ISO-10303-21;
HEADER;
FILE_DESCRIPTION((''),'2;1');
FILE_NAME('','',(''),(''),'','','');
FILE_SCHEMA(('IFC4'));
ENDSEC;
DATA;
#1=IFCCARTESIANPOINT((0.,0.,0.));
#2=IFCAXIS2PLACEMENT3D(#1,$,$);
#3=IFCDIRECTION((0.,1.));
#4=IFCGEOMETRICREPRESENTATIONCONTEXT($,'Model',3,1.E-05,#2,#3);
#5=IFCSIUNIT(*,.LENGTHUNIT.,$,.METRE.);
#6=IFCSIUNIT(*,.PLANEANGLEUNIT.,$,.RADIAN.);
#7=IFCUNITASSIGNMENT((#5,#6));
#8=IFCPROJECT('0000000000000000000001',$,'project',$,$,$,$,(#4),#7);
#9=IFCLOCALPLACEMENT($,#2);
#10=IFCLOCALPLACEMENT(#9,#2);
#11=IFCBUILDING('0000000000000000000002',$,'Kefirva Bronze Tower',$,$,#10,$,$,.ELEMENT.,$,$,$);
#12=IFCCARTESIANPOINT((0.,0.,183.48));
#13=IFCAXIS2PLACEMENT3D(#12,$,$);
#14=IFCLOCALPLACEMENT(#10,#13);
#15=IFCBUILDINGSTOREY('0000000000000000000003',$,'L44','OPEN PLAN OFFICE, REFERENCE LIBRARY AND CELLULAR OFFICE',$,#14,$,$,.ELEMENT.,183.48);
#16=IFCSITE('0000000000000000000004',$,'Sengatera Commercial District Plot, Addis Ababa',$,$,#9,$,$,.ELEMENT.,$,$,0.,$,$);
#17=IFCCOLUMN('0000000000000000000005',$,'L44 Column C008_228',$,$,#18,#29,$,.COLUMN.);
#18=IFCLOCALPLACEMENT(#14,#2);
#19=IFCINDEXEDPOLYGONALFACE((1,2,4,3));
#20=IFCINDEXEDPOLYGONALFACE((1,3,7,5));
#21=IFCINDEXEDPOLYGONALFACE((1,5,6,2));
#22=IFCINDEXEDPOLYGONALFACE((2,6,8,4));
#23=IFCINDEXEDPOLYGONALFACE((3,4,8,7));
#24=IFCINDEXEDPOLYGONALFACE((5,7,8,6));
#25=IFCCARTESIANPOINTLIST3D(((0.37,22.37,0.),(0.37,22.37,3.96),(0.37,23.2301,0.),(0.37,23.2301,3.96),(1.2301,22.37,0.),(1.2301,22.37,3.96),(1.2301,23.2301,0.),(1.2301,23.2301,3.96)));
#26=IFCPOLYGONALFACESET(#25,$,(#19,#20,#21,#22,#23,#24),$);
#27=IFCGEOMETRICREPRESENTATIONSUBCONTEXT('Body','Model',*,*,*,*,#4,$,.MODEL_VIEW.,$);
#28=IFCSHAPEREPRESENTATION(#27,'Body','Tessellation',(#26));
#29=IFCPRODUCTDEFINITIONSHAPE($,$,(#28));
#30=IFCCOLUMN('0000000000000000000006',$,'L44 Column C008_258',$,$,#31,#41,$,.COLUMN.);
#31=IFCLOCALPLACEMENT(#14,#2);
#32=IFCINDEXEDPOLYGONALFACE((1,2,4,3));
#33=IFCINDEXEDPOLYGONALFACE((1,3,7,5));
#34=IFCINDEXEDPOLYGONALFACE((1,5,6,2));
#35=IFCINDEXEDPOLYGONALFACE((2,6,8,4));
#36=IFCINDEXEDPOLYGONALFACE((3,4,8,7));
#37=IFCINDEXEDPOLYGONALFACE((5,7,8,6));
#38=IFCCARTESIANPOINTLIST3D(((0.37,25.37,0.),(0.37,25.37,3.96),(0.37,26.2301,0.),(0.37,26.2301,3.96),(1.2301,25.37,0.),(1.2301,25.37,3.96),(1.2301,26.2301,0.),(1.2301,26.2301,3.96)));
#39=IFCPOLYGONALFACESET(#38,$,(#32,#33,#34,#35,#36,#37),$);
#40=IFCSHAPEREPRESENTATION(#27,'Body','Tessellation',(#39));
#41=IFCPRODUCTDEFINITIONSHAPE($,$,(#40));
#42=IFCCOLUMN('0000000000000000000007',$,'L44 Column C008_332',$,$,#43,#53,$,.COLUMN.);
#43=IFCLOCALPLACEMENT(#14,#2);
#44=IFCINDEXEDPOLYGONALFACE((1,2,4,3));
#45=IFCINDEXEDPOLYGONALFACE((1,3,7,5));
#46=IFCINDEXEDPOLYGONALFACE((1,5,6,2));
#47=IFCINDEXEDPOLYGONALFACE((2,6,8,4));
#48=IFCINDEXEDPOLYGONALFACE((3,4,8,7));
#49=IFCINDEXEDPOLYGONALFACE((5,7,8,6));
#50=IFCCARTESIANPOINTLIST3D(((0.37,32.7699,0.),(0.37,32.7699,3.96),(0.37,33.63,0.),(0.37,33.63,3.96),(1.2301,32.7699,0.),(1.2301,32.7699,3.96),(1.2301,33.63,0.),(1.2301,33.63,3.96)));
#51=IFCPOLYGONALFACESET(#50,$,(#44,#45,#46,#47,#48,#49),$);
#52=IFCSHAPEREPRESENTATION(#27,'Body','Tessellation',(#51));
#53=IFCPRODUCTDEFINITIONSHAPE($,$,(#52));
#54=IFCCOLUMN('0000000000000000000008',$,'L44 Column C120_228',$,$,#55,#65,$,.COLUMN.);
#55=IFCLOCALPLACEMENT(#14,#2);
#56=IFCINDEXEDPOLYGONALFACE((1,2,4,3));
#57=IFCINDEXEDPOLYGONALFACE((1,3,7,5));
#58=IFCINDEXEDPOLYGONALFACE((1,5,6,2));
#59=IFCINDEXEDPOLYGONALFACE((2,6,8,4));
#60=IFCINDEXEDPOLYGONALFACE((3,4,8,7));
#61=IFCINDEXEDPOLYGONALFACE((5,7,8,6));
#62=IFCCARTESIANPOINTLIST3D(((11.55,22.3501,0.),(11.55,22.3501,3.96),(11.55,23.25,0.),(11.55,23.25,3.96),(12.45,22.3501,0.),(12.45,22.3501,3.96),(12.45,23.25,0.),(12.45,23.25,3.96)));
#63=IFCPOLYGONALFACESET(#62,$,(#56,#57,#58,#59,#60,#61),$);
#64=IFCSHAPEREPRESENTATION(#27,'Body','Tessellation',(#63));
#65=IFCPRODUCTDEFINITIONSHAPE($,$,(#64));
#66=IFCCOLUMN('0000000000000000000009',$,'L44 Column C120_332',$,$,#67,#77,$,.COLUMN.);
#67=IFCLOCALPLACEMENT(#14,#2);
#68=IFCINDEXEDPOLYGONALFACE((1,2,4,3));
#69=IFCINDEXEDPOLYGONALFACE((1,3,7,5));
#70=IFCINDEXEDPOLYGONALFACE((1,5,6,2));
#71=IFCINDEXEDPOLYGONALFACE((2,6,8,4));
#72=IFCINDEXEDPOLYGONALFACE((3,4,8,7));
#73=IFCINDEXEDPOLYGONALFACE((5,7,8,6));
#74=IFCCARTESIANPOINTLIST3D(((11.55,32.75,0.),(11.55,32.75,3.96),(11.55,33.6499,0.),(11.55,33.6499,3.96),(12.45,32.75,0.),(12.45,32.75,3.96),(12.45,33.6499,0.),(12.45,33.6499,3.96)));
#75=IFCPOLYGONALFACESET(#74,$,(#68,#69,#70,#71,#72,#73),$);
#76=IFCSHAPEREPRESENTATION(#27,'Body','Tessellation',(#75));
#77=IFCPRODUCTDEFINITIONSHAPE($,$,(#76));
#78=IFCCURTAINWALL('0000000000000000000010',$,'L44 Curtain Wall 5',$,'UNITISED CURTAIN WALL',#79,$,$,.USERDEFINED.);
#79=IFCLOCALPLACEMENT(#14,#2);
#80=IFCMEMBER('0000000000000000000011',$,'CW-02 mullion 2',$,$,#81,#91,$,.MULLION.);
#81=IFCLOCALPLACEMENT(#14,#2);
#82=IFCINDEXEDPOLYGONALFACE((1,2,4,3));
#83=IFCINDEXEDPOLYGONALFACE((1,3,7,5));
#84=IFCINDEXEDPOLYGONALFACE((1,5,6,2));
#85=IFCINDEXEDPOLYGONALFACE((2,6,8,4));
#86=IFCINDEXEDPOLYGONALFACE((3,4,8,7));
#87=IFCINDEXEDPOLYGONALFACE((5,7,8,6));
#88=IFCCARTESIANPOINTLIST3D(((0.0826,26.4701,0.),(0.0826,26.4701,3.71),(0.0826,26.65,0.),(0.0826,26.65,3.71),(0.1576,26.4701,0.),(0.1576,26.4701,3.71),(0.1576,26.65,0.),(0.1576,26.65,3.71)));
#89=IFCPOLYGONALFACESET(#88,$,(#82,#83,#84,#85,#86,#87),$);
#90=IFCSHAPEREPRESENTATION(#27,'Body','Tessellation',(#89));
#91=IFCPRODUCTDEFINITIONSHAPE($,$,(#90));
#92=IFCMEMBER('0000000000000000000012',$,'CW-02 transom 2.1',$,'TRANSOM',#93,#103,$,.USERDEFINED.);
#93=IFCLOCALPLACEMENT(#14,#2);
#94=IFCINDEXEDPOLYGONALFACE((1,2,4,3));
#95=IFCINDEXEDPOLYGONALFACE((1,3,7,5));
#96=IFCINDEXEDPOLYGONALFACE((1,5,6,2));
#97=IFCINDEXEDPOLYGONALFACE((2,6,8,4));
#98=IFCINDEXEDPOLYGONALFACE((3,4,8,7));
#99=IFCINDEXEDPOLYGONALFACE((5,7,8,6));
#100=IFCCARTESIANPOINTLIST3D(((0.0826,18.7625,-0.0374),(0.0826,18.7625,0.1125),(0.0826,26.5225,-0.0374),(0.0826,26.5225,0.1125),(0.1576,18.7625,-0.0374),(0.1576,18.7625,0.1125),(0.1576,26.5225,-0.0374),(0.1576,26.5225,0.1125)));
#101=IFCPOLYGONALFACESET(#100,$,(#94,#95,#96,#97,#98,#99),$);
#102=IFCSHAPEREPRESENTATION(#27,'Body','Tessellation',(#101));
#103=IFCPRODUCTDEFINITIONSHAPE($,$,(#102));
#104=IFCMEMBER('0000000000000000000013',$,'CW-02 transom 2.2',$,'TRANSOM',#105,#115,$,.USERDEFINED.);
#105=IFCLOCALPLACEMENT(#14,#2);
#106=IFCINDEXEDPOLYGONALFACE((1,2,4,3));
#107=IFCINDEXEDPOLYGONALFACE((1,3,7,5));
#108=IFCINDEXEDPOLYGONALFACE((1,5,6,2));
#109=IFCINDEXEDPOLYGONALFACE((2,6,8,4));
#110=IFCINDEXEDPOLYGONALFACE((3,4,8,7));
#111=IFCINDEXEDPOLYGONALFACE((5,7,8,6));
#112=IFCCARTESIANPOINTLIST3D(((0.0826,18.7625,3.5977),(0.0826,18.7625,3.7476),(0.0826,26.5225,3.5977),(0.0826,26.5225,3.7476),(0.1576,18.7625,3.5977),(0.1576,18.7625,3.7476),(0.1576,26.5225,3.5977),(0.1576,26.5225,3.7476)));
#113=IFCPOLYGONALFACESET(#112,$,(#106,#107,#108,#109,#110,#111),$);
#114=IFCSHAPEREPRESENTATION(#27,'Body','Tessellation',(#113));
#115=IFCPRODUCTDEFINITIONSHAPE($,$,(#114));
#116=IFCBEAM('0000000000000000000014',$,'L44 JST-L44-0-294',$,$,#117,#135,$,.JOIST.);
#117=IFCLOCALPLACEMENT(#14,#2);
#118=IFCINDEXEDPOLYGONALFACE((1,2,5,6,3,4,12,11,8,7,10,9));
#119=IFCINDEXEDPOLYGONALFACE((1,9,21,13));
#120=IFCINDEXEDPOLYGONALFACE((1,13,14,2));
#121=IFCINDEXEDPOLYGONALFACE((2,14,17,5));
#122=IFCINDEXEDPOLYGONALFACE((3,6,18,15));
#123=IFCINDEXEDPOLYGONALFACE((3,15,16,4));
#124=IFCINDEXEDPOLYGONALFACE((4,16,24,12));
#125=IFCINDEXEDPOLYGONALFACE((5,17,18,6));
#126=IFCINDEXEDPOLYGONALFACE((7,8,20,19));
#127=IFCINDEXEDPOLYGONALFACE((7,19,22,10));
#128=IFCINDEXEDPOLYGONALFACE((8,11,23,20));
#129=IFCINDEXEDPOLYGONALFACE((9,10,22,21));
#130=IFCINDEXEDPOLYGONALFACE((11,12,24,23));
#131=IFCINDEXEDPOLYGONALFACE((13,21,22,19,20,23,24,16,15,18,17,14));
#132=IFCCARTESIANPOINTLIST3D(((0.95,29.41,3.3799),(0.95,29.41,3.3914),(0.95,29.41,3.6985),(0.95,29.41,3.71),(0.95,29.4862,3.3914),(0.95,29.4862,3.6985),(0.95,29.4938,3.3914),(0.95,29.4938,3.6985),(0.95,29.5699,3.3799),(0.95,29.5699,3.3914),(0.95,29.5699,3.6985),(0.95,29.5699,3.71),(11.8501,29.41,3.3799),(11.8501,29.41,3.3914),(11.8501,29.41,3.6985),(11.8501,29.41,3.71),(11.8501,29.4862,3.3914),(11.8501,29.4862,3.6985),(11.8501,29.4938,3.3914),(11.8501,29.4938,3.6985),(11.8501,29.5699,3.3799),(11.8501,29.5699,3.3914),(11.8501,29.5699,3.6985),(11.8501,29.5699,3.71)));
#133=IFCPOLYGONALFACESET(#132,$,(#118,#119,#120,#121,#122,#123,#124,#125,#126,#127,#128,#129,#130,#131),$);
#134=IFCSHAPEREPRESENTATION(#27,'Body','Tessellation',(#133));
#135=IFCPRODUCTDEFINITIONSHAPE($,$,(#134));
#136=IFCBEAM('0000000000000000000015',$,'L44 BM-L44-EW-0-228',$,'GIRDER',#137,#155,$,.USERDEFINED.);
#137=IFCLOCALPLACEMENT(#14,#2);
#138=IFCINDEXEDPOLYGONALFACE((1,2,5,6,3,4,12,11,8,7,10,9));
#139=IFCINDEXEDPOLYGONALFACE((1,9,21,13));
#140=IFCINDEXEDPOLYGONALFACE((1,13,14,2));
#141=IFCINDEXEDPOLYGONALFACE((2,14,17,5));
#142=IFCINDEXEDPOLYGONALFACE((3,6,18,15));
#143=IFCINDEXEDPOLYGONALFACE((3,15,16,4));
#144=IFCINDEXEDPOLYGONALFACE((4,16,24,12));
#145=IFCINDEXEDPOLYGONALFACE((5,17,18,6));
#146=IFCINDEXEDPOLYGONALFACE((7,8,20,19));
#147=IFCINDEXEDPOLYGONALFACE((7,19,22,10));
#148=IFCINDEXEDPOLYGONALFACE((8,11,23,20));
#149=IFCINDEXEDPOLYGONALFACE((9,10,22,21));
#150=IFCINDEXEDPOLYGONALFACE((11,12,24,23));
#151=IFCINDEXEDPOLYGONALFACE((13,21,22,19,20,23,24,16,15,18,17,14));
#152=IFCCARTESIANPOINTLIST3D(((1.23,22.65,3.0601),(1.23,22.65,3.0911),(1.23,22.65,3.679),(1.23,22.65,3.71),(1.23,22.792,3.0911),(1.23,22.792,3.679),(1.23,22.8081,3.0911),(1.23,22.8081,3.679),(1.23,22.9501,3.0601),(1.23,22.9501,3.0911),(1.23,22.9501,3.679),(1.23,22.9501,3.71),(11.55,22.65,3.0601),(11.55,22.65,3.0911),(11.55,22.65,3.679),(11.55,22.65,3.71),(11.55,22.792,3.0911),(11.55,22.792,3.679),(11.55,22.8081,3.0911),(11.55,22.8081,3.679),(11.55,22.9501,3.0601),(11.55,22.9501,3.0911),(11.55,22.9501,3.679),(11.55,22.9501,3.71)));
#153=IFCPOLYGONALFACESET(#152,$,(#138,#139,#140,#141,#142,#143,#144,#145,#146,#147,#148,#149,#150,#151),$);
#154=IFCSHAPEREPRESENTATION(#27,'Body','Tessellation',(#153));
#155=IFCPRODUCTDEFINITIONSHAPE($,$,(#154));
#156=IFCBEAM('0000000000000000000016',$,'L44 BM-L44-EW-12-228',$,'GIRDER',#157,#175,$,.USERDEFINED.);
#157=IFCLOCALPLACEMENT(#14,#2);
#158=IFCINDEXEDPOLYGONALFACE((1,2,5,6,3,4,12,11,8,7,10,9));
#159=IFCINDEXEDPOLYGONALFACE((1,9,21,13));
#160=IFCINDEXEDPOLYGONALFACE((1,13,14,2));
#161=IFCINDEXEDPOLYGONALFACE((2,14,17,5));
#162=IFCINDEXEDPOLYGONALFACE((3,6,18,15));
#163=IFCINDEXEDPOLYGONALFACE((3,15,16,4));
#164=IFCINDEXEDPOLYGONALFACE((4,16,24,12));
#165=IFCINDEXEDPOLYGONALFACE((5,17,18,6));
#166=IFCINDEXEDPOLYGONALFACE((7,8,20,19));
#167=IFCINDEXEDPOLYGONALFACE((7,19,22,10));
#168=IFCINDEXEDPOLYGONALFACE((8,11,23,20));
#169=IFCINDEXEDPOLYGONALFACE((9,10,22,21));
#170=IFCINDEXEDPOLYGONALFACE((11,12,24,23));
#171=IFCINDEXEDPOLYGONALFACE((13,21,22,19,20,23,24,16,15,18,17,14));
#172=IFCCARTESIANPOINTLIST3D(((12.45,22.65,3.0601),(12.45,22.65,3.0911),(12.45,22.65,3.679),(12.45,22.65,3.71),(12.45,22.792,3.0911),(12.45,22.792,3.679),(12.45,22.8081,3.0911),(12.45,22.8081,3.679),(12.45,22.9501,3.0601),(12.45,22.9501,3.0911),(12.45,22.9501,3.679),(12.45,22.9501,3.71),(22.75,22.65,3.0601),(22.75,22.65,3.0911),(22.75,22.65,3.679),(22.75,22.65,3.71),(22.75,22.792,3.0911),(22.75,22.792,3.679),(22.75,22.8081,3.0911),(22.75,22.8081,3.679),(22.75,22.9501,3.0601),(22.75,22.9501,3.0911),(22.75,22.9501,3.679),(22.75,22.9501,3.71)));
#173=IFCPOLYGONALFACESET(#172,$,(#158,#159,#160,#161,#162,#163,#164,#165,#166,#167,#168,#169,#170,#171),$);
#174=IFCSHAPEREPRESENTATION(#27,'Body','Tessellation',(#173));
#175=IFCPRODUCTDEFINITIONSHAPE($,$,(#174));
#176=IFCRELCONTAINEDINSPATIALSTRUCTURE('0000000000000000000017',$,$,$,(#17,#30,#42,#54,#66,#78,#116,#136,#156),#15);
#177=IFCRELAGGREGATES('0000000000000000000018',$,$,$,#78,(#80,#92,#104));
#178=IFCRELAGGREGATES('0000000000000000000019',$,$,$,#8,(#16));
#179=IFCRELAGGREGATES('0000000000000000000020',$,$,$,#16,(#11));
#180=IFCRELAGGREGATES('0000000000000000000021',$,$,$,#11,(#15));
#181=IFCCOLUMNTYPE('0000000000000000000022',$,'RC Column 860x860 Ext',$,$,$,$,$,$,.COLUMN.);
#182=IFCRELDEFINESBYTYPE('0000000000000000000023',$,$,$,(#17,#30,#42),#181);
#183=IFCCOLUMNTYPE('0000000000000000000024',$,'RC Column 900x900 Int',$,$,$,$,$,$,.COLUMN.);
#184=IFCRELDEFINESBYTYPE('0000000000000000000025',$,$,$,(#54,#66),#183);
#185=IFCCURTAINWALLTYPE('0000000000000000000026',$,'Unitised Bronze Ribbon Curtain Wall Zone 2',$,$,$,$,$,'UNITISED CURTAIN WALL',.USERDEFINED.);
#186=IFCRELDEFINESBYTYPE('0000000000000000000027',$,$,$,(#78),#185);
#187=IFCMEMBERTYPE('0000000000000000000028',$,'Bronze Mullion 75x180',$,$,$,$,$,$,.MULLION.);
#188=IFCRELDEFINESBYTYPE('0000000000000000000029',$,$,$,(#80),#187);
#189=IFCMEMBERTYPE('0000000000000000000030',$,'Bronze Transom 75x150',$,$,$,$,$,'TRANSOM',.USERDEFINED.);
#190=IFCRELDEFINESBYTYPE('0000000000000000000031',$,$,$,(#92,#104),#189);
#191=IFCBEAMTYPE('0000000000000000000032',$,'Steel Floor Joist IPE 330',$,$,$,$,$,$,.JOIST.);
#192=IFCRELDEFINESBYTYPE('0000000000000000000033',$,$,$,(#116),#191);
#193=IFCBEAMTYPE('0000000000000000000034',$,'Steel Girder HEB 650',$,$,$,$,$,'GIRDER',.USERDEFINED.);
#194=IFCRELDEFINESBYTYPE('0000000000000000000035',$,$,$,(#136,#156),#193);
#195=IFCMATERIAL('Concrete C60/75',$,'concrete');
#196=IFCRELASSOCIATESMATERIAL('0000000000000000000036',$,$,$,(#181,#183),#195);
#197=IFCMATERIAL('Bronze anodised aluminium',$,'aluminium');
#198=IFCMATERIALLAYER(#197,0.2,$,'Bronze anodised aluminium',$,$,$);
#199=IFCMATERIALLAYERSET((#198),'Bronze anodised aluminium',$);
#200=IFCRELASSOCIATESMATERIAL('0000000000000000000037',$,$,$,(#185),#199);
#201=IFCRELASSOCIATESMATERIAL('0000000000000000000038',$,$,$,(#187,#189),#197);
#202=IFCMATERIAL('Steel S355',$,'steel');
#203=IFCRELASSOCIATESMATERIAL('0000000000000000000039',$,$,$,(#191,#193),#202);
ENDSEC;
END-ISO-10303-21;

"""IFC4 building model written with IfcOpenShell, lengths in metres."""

from ifc_helpers import new_model, si_unit, direction, frame, origin, origin_2d, place, context, subcontext, project, spatial, rectangle, i_section, extrude, material, layer, layer_set, material_profile, profile_set, type_object, element, aggregate, save


model = new_model("IFC4")

# Units and contexts
model_context = context("Model", 3, precision=1e-05, world=origin(), true_north=direction((0.0, 1.0)))
body_context = subcontext(model_context, "Body", "Model", "MODEL_VIEW")
ifc_project = project(units=[si_unit("LENGTHUNIT", "METRE"), si_unit("PLANEANGLEUNIT", "RADIAN")], contexts=[model_context])

# Site, building, storey
site_placement = place(None, origin())
site = spatial("IfcSite", under=ifc_project, at=site_placement, Name="Sengatera Commercial District Plot, Addis Ababa", CompositionType="ELEMENT", RefElevation=0.0)
building_placement = place(site_placement, origin())
building = spatial("IfcBuilding", under=site, at=building_placement, Name="Kefirva Bronze Tower", CompositionType="ELEMENT")
storey_placement = place(building_placement, frame((0.0, 0.0, 183.48)))
storey = spatial("IfcBuildingStorey", under=building, at=storey_placement, Name="L44", Description="OPEN PLAN OFFICE, REFERENCE LIBRARY AND CELLULAR OFFICE", CompositionType="ELEMENT", Elevation=183.48)

# Columns
ifc_material_1 = material(Name="Concrete C60/75", Category="concrete")
ifc_material_profile_1 = material_profile(ifc_material_1, rectangle(XDim=0.8601, YDim=0.8601, at=origin_2d()), Name="RC 860x860")
ifc_profile_set_1 = profile_set([ifc_material_profile_1], Name="Concrete C60/75")
column_type_1 = type_object("IfcColumnType", Name="RC Column 860x860 Ext", PredefinedType="COLUMN", material=ifc_profile_set_1)
for number, where, z_axis, x_axis, name in (
    (1, (0.8, 22.8, 0.0), (0.0, 0.0, 1.0), (1.0, 0.0, 0.0), "L44 Column C008_228"),
    (2, (0.8, 25.8, 0.0), (0.0, 0.0, 1.0), (1.0, 0.0, 0.0), "L44 Column C008_258"),
    (3, (0.8, 33.2, 0.0), (0.0, 0.0, 1.0), (1.0, 0.0, 0.0), "L44 Column C008_332"),
):
    element("IfcColumn", number, at=place(storey_placement, frame(where, z_axis=z_axis, x_axis=x_axis)), inside=storey, type_object=column_type_1, Name=name, PredefinedType="COLUMN", context=body_context, shape_type="SweptSolid", body=[
        extrude(rectangle(XDim=0.8601, YDim=0.8601, at=origin_2d()), origin(), (0.0, 0.0, 1.0), 3.96),
    ])
ifc_material_profile_2 = material_profile(ifc_material_1, rectangle(XDim=0.8999, YDim=0.8999, at=origin_2d()), Name="RC 900x900")
ifc_profile_set_2 = profile_set([ifc_material_profile_2], Name="Concrete C60/75")
column_type_2 = type_object("IfcColumnType", Name="RC Column 900x900 Int", PredefinedType="COLUMN", material=ifc_profile_set_2)
for number, where, z_axis, x_axis, name in (
    (4, (12.0, 22.8, 0.0), (0.0, 0.0, 1.0), (1.0, 0.0, 0.0), "L44 Column C120_228"),
    (5, (12.0, 33.2, 0.0), (0.0, 0.0, 1.0), (1.0, 0.0, 0.0), "L44 Column C120_332"),
):
    element("IfcColumn", number, at=place(storey_placement, frame(where, z_axis=z_axis, x_axis=x_axis)), inside=storey, type_object=column_type_2, Name=name, PredefinedType="COLUMN", context=body_context, shape_type="SweptSolid", body=[
        extrude(rectangle(XDim=0.8999, YDim=0.8999, at=origin_2d()), origin(), (0.0, 0.0, 1.0), 3.96),
    ])

# Curtain wall, members
ifc_material_2 = material(Name="Bronze anodised aluminium", Category="aluminium")
ifc_layer_1 = layer(ifc_material_2, 0.2, Name="Bronze anodised aluminium")
ifc_layer_set_1 = layer_set([ifc_layer_1], Name="Bronze anodised aluminium")
curtain_wall_type = type_object("IfcCurtainWallType", Name="Unitised Bronze Ribbon Curtain Wall Zone 2", ElementType="UNITISED CURTAIN WALL", PredefinedType="USERDEFINED", material=ifc_layer_set_1)
curtain_wall_placement = place(storey_placement, origin())
curtain_wall = element("IfcCurtainWall", 6, at=curtain_wall_placement, inside=storey, type_object=curtain_wall_type, Name="L44 Curtain Wall 5", ObjectType="UNITISED CURTAIN WALL", PredefinedType="USERDEFINED")
ifc_material_profile_3 = material_profile(ifc_material_2, rectangle(XDim=0.075, YDim=0.1799, at=origin_2d()), Name="ALU 75x180")
ifc_profile_set_3 = profile_set([ifc_material_profile_3], Name="Bronze anodised aluminium")
member_type_1 = type_object("IfcMemberType", Name="Bronze Mullion 75x180", PredefinedType="MULLION", material=ifc_profile_set_3)
member_1_placement = place(storey_placement, frame((0.1201, 26.5601, 0.0), z_axis=(0.0, 0.0, 1.0), x_axis=(1.0, 0.0, 0.0)))
member_1 = element("IfcMember", 7, at=member_1_placement, type_object=member_type_1, Name="CW-02 mullion 2", PredefinedType="MULLION", context=body_context, shape_type="SweptSolid", body=[
    extrude(rectangle(XDim=0.075, YDim=0.1799, at=origin_2d()), origin(), (0.0, 0.0, 1.0), 3.71),
])
ifc_material_profile_4 = material_profile(ifc_material_2, rectangle(XDim=0.075, YDim=0.1499, at=origin_2d()), Name="ALU 75x150")
ifc_profile_set_4 = profile_set([ifc_material_profile_4], Name="Bronze anodised aluminium")
member_type_2 = type_object("IfcMemberType", Name="Bronze Transom 75x150", ElementType="TRANSOM", PredefinedType="USERDEFINED", material=ifc_profile_set_4)
member_2_placement = place(storey_placement, frame((0.1201, 26.5225, 0.0376), z_axis=(0.0, -1.0, 0.0), x_axis=(1.0, 0.0, 0.0)))
member_2 = element("IfcMember", 8, at=member_2_placement, type_object=member_type_2, Name="CW-02 transom 2.1", ObjectType="TRANSOM", PredefinedType="USERDEFINED", context=body_context, shape_type="SweptSolid", body=[
    extrude(rectangle(XDim=0.075, YDim=0.1499, at=origin_2d()), origin(), (0.0, 0.0, 1.0), 7.76),
])
member_3_placement = place(storey_placement, frame((0.1201, 26.5225, 3.6726), z_axis=(0.0, -1.0, 0.0), x_axis=(1.0, 0.0, 0.0)))
member_3 = element("IfcMember", 9, at=member_3_placement, type_object=member_type_2, Name="CW-02 transom 2.2", ObjectType="TRANSOM", PredefinedType="USERDEFINED", context=body_context, shape_type="SweptSolid", body=[
    extrude(rectangle(XDim=0.075, YDim=0.1499, at=origin_2d()), origin(), (0.0, 0.0, 1.0), 7.76),
])

# Beams
ifc_material_3 = material(Name="Steel S355", Category="steel")
ifc_material_profile_5 = material_profile(ifc_material_3, i_section(OverallWidth=0.1599, OverallDepth=0.3301, WebThickness=0.0076, FlangeThickness=0.0115, at=origin_2d()), Name="IPE 330")
ifc_profile_set_5 = profile_set([ifc_material_profile_5], Name="Steel S355")
beam_type_1 = type_object("IfcBeamType", Name="Steel Floor Joist IPE 330", PredefinedType="JOIST", material=ifc_profile_set_5)
beam_1_placement = place(storey_placement, frame((0.95, 29.49, 3.5449), z_axis=(1.0, 0.0, 0.0), x_axis=(0.0, 1.0, 0.0)))
element("IfcBeam", 10, at=beam_1_placement, inside=storey, type_object=beam_type_1, Name="L44 JST-L44-0-294", PredefinedType="JOIST", context=body_context, shape_type="SweptSolid", body=[
    extrude(i_section(OverallWidth=0.1599, OverallDepth=0.3301, WebThickness=0.0076, FlangeThickness=0.0115, at=origin_2d()), origin(), (0.0, 0.0, 1.0), 10.9001),
])
ifc_material_profile_6 = material_profile(ifc_material_3, i_section(OverallWidth=0.3, OverallDepth=0.6499, WebThickness=0.0161, FlangeThickness=0.031, at=origin_2d()), Name="HEB 650")
ifc_profile_set_6 = profile_set([ifc_material_profile_6], Name="Steel S355")
beam_type_2 = type_object("IfcBeamType", Name="Steel Girder HEB 650", ElementType="GIRDER", PredefinedType="USERDEFINED", material=ifc_profile_set_6)
beam_2_placement = place(storey_placement, frame((1.23, 22.8, 3.385), z_axis=(1.0, 0.0, 0.0), x_axis=(0.0, 1.0, 0.0)))
element("IfcBeam", 11, at=beam_2_placement, inside=storey, type_object=beam_type_2, Name="L44 BM-L44-EW-0-228", ObjectType="GIRDER", PredefinedType="USERDEFINED", context=body_context, shape_type="SweptSolid", body=[
    extrude(i_section(OverallWidth=0.3, OverallDepth=0.6499, WebThickness=0.0161, FlangeThickness=0.031, at=origin_2d()), origin(), (0.0, 0.0, 1.0), 10.3201),
])
beam_3_placement = place(storey_placement, frame((12.45, 22.8, 3.385), z_axis=(1.0, 0.0, 0.0), x_axis=(0.0, 1.0, 0.0)))
element("IfcBeam", 12, at=beam_3_placement, inside=storey, type_object=beam_type_2, Name="L44 BM-L44-EW-12-228", ObjectType="GIRDER", PredefinedType="USERDEFINED", context=body_context, shape_type="SweptSolid", body=[
    extrude(i_section(OverallWidth=0.3, OverallDepth=0.6499, WebThickness=0.0161, FlangeThickness=0.031, at=origin_2d()), origin(), (0.0, 0.0, 1.0), 10.3),
])

aggregate(curtain_wall, [member_1, member_2, member_3])

save(model, "model.ifc")
